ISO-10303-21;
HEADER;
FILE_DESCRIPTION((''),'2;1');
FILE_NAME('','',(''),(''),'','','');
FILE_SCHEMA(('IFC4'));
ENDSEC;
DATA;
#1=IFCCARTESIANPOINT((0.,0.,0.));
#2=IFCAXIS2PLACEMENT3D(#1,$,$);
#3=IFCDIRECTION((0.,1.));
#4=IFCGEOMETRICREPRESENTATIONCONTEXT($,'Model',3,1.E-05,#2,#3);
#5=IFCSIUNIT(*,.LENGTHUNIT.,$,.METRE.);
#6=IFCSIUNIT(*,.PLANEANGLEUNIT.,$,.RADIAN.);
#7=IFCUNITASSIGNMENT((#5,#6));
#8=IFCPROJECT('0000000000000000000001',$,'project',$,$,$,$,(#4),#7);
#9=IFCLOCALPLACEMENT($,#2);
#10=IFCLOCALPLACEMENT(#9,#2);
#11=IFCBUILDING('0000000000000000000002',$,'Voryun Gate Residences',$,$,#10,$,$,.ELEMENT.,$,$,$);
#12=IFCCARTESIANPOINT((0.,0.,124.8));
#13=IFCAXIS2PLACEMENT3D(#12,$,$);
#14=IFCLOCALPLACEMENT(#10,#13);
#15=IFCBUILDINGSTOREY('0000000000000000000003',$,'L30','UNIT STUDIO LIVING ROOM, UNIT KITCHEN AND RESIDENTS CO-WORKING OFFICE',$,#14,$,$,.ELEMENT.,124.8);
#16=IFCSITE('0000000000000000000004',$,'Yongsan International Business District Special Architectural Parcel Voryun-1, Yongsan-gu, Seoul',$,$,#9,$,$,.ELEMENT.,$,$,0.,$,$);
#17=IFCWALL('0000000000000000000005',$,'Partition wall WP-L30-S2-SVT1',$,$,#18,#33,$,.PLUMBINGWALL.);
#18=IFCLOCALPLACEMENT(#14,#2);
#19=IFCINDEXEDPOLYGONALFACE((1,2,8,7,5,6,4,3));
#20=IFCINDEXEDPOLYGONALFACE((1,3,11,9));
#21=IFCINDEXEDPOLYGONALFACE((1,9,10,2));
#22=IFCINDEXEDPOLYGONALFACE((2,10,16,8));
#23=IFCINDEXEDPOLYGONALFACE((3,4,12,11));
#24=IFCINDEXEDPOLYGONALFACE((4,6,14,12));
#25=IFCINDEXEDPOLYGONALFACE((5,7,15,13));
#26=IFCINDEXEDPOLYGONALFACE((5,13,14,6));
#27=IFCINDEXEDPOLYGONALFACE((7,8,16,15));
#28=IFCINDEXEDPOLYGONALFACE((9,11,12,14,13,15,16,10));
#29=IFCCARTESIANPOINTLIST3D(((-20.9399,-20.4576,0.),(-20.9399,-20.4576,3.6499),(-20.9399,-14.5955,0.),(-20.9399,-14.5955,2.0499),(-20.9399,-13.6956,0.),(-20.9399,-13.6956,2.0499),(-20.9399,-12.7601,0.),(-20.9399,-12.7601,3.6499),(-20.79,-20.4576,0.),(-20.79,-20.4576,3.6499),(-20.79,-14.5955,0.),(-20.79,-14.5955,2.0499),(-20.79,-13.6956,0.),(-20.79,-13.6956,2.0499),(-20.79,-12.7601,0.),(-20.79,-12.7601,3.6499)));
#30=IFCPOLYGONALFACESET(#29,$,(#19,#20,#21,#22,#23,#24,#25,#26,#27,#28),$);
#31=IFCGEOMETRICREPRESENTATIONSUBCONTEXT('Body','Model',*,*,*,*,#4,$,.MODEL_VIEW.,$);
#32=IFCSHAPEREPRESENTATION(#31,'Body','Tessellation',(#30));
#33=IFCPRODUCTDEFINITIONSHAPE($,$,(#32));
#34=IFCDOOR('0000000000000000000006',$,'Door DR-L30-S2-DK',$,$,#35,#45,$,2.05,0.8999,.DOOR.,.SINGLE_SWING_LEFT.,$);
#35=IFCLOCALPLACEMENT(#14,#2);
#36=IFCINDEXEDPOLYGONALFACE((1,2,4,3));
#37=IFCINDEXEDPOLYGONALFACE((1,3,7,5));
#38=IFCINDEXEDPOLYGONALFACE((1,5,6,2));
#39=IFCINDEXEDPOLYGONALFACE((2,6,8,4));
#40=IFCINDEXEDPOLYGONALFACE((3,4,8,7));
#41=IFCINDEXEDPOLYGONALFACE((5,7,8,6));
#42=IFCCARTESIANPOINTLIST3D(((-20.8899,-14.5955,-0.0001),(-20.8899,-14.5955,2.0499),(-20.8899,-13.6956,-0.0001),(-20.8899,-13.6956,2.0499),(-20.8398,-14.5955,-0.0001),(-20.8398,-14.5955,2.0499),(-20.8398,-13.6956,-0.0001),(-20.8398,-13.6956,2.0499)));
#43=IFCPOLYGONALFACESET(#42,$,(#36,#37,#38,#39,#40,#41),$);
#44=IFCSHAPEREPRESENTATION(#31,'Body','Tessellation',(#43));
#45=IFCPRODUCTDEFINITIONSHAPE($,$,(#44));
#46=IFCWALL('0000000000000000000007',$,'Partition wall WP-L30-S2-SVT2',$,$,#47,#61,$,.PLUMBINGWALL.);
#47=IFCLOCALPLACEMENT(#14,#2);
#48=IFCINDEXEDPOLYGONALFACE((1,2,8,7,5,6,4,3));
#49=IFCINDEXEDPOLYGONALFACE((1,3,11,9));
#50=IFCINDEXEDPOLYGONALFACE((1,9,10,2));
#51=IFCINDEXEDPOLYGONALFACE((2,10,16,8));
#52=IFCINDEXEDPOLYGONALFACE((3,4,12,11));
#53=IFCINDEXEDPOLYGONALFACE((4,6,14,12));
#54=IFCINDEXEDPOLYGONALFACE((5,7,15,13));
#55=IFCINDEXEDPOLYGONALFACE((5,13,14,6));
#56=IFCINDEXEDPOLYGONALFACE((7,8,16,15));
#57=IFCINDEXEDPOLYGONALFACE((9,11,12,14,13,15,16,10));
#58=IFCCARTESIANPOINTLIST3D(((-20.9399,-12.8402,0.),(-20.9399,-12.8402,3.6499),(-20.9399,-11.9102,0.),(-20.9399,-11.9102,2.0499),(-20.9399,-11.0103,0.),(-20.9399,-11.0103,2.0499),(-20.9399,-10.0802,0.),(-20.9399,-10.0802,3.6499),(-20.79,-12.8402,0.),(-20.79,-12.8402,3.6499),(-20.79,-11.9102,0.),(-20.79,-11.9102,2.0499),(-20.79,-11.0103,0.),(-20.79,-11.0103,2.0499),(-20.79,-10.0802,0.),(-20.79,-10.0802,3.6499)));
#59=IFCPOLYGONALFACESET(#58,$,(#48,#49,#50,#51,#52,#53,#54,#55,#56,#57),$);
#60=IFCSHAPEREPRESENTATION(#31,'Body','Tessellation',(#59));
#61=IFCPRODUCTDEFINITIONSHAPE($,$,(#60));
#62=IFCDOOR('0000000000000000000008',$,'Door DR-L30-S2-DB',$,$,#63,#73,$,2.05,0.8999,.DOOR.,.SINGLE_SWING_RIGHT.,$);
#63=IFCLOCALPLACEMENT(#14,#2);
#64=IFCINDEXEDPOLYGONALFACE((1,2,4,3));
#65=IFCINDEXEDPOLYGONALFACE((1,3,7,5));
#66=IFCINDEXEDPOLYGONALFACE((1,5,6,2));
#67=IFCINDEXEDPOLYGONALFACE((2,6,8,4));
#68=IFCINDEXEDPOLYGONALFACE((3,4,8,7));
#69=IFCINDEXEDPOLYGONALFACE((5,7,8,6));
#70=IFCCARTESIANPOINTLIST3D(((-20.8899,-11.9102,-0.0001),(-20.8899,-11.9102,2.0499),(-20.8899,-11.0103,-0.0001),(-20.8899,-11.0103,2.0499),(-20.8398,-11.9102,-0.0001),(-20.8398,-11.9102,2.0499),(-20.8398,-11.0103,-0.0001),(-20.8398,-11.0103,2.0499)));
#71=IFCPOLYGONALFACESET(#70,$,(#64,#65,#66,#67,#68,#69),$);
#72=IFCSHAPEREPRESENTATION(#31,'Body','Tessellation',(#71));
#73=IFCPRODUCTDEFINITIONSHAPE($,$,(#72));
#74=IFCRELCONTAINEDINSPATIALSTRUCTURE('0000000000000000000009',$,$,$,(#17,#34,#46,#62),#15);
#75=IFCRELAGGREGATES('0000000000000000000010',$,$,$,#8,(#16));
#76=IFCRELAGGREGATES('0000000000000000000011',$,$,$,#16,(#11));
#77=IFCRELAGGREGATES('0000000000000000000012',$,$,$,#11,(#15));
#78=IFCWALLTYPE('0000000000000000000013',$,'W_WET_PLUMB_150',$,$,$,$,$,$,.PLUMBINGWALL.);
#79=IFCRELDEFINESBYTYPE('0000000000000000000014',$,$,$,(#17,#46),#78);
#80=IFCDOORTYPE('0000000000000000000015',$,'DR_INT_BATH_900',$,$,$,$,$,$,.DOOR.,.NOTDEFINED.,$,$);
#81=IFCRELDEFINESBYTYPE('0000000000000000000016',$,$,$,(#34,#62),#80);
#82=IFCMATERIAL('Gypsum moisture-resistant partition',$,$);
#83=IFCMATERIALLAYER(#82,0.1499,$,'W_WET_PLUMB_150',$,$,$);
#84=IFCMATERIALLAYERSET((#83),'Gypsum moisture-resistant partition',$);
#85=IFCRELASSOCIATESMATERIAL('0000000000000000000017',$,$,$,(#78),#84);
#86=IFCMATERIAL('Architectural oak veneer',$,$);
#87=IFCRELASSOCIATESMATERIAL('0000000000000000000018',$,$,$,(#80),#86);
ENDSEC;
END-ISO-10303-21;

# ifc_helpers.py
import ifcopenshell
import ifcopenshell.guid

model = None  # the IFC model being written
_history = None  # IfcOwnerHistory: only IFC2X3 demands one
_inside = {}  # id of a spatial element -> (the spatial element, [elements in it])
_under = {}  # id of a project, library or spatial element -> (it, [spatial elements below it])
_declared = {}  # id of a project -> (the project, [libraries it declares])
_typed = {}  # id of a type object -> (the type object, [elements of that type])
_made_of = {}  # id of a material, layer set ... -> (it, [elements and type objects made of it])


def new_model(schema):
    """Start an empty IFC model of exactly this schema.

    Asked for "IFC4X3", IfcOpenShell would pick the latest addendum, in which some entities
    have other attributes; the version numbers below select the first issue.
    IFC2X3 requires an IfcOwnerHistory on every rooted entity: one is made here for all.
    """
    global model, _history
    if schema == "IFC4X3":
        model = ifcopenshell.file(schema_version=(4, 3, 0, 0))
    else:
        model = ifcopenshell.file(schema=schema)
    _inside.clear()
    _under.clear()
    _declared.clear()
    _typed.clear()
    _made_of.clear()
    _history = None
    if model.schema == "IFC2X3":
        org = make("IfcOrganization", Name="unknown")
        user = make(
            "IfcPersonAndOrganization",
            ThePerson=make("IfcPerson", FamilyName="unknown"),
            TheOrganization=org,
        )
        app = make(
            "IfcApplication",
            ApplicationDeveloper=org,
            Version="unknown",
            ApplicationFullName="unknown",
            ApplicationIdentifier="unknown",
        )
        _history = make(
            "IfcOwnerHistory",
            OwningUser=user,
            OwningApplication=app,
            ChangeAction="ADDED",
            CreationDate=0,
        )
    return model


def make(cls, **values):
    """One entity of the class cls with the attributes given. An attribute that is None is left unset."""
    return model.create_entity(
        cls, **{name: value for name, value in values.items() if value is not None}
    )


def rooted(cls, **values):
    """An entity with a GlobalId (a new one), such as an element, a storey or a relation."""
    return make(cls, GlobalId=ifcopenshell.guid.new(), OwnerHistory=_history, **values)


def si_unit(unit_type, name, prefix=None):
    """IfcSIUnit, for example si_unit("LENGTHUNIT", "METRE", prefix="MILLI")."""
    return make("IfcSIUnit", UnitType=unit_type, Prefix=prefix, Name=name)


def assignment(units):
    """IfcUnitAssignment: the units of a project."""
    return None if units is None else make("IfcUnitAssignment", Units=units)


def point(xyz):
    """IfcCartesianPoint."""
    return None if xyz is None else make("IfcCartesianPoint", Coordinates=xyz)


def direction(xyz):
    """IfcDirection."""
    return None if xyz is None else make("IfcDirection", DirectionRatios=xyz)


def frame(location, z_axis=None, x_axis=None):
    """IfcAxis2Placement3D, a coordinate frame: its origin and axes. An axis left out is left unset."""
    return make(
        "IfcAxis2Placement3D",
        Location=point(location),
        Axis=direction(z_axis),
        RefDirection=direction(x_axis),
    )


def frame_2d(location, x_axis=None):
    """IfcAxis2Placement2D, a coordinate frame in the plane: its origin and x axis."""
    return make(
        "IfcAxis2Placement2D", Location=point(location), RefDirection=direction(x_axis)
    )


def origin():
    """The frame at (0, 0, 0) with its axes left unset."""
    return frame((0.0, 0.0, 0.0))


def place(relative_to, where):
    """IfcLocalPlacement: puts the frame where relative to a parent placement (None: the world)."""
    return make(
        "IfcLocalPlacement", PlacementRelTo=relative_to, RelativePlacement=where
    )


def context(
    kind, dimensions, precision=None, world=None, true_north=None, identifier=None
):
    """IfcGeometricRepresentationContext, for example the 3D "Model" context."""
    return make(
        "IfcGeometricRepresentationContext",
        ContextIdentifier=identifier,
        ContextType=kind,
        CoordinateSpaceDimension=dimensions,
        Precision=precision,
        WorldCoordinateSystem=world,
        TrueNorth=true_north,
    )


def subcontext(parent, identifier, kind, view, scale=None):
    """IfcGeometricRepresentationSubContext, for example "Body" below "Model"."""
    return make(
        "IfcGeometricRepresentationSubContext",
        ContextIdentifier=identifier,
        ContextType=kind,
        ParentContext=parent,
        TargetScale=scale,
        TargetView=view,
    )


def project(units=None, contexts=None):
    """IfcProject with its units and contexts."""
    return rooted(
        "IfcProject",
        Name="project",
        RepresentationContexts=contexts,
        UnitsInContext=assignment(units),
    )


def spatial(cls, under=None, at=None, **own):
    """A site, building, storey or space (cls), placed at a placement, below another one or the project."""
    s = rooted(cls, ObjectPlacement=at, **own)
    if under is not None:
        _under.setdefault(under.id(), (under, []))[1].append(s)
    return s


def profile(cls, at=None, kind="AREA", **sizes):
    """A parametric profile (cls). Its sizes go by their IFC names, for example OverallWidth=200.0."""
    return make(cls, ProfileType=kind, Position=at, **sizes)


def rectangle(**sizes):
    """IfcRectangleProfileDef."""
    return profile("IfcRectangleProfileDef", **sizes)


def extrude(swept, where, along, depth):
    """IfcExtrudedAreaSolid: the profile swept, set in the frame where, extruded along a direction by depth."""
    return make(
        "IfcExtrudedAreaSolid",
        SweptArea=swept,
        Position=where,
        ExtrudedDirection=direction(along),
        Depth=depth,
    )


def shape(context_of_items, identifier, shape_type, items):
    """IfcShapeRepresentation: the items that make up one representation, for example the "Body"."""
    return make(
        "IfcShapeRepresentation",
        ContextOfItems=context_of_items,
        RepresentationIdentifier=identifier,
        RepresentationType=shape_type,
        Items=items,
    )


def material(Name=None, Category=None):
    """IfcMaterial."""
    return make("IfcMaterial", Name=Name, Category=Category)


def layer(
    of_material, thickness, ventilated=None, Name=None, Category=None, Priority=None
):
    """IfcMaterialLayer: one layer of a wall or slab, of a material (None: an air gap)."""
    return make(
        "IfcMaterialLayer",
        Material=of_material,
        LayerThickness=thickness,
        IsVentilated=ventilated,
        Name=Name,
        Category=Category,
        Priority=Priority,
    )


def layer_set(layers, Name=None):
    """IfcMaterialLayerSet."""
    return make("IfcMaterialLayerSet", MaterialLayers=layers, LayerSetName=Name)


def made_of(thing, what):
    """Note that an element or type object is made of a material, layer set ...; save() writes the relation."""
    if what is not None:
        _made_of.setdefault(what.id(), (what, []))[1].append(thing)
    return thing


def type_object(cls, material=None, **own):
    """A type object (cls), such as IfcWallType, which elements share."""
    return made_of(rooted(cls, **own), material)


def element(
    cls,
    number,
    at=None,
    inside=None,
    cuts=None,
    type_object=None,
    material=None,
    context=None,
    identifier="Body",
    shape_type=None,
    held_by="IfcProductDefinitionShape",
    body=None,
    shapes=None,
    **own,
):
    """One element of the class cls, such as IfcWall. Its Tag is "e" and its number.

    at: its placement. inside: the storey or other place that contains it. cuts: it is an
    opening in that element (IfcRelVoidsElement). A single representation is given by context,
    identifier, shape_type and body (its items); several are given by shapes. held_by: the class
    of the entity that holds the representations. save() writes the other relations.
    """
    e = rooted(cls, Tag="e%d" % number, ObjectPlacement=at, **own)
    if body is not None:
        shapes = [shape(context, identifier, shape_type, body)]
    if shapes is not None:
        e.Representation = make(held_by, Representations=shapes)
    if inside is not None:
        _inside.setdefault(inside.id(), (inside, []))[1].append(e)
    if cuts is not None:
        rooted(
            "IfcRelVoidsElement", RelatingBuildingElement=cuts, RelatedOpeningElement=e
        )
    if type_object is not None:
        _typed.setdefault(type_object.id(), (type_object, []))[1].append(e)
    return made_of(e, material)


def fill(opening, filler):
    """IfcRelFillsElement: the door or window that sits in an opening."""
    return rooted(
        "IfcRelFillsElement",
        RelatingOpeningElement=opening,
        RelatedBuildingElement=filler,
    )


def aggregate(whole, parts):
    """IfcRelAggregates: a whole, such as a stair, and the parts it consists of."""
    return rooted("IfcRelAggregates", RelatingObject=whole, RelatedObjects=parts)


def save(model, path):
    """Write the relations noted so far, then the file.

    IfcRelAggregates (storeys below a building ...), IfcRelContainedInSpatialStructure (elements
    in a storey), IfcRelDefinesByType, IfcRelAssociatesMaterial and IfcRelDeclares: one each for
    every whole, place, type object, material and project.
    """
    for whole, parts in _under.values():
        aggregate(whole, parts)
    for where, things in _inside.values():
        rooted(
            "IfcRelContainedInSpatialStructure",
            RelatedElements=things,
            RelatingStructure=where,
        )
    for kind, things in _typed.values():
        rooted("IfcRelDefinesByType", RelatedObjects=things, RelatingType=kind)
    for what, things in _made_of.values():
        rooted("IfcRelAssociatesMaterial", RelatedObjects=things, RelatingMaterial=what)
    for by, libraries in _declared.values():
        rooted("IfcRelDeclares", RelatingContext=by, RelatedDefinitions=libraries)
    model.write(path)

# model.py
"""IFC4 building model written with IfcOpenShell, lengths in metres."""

from ifc_helpers import new_model, si_unit, direction, frame, frame_2d, origin, place, context, subcontext, project, spatial, rectangle, extrude, material, layer, layer_set, type_object, element, fill, save


model = new_model("IFC4")

# Units and contexts
model_context = context("Model", 3, precision=1e-05, world=origin(), true_north=direction((0.0, 1.0)))
body_context = subcontext(model_context, "Body", "Model", "MODEL_VIEW")
ifc_project = project(units=[si_unit("LENGTHUNIT", "METRE"), si_unit("PLANEANGLEUNIT", "RADIAN")], contexts=[model_context])

# Site, building, storey
site_placement = place(None, origin())
site = spatial("IfcSite", under=ifc_project, at=site_placement, Name="Yongsan International Business District Special Architectural Parcel Voryun-1, Yongsan-gu, Seoul", CompositionType="ELEMENT", RefElevation=0.0)
building_placement = place(site_placement, origin())
building = spatial("IfcBuilding", under=site, at=building_placement, Name="Voryun Gate Residences", CompositionType="ELEMENT")
storey_placement = place(building_placement, frame((0.0, 0.0, 124.8)))
storey = spatial("IfcBuildingStorey", under=building, at=storey_placement, Name="L30", Description="UNIT STUDIO LIVING ROOM, UNIT KITCHEN AND RESIDENTS CO-WORKING OFFICE", CompositionType="ELEMENT", Elevation=124.8)

# Shared definitions
ifc_material_1 = material(Name="Gypsum moisture-resistant partition")
ifc_layer_1 = layer(ifc_material_1, 0.1499, Name="W_WET_PLUMB_150")
ifc_layer_set_1 = layer_set([ifc_layer_1], Name="Gypsum moisture-resistant partition")
wall_type_1 = type_object("IfcWallType", Name="W_WET_PLUMB_150", PredefinedType="PLUMBINGWALL", material=ifc_layer_set_1)
ifc_material_2 = material(Name="Architectural oak veneer")
door_type = type_object("IfcDoorType", Name="DR_INT_BATH_900", OperationType="NOTDEFINED", PredefinedType="DOOR", material=ifc_material_2)

# Walls, openings, doors
wall_1_placement = place(storey_placement, frame((-20.865, -20.4575, 0.0), z_axis=(0.0, 0.0, 1.0), x_axis=(0.0, 1.0, 0.0)))
wall_1 = element("IfcWall", 1, at=wall_1_placement, inside=storey, type_object=wall_type_1, Name="Partition wall WP-L30-S2-SVT1", PredefinedType="PLUMBINGWALL", context=body_context, shape_type="SweptSolid", body=[
    extrude(rectangle(XDim=7.6975, YDim=0.1499, at=frame_2d((3.8486, 0.0))), origin(), (0.0, 0.0, 1.0), 3.6499),
])
opening_1_placement = place(wall_1_placement, frame((5.8621, 0.0, 0.0)))
opening_1 = element("IfcOpeningElement", 2, at=opening_1_placement, cuts=wall_1, PredefinedType="OPENING", context=body_context, shape_type="SweptSolid", body=[
    extrude(rectangle(XDim=0.8999, YDim=2.05, at=frame_2d((0.45, 1.0249))), frame((0.0, 0.085, 0.0), z_axis=(0.0, -1.0, 0.0), x_axis=(1.0, 0.0, 0.0)), (0.0, 0.0, 1.0), 0.1699),
])
door_1_placement = place(opening_1_placement, origin())
door_1 = element("IfcDoor", 3, at=door_1_placement, inside=storey, type_object=door_type, Name="Door DR-L30-S2-DK", OperationType="SINGLE_SWING_LEFT", OverallHeight=2.05, OverallWidth=0.8999, PredefinedType="DOOR", context=body_context, shape_type="SweptSolid", body=[
    extrude(rectangle(XDim=0.8999, YDim=2.05, at=frame_2d((0.45, 1.0249))), frame((0.0, 0.0249, 0.0), z_axis=(0.0, -1.0, 0.0), x_axis=(1.0, 0.0, 0.0)), (0.0, 0.0, 1.0), 0.05),
])
fill(opening_1, door_1)
wall_2_placement = place(storey_placement, frame((-20.865, -12.8401, 0.0), z_axis=(0.0, 0.0, 1.0), x_axis=(0.0, 1.0, 0.0)))
wall_2 = element("IfcWall", 4, at=wall_2_placement, inside=storey, type_object=wall_type_1, Name="Partition wall WP-L30-S2-SVT2", PredefinedType="PLUMBINGWALL", context=body_context, shape_type="SweptSolid", body=[
    extrude(rectangle(XDim=2.76, YDim=0.1499, at=frame_2d((1.3799, 0.0))), origin(), (0.0, 0.0, 1.0), 3.6499),
])
opening_2_placement = place(wall_2_placement, frame((0.9299, 0.0, 0.0)))
opening_2 = element("IfcOpeningElement", 5, at=opening_2_placement, cuts=wall_2, PredefinedType="OPENING", context=body_context, shape_type="SweptSolid", body=[
    extrude(rectangle(XDim=0.8999, YDim=2.05, at=frame_2d((0.45, 1.0249))), frame((0.0, 0.085, 0.0), z_axis=(0.0, -1.0, 0.0), x_axis=(1.0, 0.0, 0.0)), (0.0, 0.0, 1.0), 0.1699),
])
door_2_placement = place(opening_2_placement, origin())
door_2 = element("IfcDoor", 6, at=door_2_placement, inside=storey, type_object=door_type, Name="Door DR-L30-S2-DB", OperationType="SINGLE_SWING_RIGHT", OverallHeight=2.05, OverallWidth=0.8999, PredefinedType="DOOR", context=body_context, shape_type="SweptSolid", body=[
    extrude(rectangle(XDim=0.8999, YDim=2.05, at=frame_2d((0.45, 1.0249))), frame((0.0, 0.0249, 0.0), z_axis=(0.0, -1.0, 0.0), x_axis=(1.0, 0.0, 0.0)), (0.0, 0.0, 1.0), 0.05),
])
fill(opening_2, door_2)

save(model, "model.ifc")
